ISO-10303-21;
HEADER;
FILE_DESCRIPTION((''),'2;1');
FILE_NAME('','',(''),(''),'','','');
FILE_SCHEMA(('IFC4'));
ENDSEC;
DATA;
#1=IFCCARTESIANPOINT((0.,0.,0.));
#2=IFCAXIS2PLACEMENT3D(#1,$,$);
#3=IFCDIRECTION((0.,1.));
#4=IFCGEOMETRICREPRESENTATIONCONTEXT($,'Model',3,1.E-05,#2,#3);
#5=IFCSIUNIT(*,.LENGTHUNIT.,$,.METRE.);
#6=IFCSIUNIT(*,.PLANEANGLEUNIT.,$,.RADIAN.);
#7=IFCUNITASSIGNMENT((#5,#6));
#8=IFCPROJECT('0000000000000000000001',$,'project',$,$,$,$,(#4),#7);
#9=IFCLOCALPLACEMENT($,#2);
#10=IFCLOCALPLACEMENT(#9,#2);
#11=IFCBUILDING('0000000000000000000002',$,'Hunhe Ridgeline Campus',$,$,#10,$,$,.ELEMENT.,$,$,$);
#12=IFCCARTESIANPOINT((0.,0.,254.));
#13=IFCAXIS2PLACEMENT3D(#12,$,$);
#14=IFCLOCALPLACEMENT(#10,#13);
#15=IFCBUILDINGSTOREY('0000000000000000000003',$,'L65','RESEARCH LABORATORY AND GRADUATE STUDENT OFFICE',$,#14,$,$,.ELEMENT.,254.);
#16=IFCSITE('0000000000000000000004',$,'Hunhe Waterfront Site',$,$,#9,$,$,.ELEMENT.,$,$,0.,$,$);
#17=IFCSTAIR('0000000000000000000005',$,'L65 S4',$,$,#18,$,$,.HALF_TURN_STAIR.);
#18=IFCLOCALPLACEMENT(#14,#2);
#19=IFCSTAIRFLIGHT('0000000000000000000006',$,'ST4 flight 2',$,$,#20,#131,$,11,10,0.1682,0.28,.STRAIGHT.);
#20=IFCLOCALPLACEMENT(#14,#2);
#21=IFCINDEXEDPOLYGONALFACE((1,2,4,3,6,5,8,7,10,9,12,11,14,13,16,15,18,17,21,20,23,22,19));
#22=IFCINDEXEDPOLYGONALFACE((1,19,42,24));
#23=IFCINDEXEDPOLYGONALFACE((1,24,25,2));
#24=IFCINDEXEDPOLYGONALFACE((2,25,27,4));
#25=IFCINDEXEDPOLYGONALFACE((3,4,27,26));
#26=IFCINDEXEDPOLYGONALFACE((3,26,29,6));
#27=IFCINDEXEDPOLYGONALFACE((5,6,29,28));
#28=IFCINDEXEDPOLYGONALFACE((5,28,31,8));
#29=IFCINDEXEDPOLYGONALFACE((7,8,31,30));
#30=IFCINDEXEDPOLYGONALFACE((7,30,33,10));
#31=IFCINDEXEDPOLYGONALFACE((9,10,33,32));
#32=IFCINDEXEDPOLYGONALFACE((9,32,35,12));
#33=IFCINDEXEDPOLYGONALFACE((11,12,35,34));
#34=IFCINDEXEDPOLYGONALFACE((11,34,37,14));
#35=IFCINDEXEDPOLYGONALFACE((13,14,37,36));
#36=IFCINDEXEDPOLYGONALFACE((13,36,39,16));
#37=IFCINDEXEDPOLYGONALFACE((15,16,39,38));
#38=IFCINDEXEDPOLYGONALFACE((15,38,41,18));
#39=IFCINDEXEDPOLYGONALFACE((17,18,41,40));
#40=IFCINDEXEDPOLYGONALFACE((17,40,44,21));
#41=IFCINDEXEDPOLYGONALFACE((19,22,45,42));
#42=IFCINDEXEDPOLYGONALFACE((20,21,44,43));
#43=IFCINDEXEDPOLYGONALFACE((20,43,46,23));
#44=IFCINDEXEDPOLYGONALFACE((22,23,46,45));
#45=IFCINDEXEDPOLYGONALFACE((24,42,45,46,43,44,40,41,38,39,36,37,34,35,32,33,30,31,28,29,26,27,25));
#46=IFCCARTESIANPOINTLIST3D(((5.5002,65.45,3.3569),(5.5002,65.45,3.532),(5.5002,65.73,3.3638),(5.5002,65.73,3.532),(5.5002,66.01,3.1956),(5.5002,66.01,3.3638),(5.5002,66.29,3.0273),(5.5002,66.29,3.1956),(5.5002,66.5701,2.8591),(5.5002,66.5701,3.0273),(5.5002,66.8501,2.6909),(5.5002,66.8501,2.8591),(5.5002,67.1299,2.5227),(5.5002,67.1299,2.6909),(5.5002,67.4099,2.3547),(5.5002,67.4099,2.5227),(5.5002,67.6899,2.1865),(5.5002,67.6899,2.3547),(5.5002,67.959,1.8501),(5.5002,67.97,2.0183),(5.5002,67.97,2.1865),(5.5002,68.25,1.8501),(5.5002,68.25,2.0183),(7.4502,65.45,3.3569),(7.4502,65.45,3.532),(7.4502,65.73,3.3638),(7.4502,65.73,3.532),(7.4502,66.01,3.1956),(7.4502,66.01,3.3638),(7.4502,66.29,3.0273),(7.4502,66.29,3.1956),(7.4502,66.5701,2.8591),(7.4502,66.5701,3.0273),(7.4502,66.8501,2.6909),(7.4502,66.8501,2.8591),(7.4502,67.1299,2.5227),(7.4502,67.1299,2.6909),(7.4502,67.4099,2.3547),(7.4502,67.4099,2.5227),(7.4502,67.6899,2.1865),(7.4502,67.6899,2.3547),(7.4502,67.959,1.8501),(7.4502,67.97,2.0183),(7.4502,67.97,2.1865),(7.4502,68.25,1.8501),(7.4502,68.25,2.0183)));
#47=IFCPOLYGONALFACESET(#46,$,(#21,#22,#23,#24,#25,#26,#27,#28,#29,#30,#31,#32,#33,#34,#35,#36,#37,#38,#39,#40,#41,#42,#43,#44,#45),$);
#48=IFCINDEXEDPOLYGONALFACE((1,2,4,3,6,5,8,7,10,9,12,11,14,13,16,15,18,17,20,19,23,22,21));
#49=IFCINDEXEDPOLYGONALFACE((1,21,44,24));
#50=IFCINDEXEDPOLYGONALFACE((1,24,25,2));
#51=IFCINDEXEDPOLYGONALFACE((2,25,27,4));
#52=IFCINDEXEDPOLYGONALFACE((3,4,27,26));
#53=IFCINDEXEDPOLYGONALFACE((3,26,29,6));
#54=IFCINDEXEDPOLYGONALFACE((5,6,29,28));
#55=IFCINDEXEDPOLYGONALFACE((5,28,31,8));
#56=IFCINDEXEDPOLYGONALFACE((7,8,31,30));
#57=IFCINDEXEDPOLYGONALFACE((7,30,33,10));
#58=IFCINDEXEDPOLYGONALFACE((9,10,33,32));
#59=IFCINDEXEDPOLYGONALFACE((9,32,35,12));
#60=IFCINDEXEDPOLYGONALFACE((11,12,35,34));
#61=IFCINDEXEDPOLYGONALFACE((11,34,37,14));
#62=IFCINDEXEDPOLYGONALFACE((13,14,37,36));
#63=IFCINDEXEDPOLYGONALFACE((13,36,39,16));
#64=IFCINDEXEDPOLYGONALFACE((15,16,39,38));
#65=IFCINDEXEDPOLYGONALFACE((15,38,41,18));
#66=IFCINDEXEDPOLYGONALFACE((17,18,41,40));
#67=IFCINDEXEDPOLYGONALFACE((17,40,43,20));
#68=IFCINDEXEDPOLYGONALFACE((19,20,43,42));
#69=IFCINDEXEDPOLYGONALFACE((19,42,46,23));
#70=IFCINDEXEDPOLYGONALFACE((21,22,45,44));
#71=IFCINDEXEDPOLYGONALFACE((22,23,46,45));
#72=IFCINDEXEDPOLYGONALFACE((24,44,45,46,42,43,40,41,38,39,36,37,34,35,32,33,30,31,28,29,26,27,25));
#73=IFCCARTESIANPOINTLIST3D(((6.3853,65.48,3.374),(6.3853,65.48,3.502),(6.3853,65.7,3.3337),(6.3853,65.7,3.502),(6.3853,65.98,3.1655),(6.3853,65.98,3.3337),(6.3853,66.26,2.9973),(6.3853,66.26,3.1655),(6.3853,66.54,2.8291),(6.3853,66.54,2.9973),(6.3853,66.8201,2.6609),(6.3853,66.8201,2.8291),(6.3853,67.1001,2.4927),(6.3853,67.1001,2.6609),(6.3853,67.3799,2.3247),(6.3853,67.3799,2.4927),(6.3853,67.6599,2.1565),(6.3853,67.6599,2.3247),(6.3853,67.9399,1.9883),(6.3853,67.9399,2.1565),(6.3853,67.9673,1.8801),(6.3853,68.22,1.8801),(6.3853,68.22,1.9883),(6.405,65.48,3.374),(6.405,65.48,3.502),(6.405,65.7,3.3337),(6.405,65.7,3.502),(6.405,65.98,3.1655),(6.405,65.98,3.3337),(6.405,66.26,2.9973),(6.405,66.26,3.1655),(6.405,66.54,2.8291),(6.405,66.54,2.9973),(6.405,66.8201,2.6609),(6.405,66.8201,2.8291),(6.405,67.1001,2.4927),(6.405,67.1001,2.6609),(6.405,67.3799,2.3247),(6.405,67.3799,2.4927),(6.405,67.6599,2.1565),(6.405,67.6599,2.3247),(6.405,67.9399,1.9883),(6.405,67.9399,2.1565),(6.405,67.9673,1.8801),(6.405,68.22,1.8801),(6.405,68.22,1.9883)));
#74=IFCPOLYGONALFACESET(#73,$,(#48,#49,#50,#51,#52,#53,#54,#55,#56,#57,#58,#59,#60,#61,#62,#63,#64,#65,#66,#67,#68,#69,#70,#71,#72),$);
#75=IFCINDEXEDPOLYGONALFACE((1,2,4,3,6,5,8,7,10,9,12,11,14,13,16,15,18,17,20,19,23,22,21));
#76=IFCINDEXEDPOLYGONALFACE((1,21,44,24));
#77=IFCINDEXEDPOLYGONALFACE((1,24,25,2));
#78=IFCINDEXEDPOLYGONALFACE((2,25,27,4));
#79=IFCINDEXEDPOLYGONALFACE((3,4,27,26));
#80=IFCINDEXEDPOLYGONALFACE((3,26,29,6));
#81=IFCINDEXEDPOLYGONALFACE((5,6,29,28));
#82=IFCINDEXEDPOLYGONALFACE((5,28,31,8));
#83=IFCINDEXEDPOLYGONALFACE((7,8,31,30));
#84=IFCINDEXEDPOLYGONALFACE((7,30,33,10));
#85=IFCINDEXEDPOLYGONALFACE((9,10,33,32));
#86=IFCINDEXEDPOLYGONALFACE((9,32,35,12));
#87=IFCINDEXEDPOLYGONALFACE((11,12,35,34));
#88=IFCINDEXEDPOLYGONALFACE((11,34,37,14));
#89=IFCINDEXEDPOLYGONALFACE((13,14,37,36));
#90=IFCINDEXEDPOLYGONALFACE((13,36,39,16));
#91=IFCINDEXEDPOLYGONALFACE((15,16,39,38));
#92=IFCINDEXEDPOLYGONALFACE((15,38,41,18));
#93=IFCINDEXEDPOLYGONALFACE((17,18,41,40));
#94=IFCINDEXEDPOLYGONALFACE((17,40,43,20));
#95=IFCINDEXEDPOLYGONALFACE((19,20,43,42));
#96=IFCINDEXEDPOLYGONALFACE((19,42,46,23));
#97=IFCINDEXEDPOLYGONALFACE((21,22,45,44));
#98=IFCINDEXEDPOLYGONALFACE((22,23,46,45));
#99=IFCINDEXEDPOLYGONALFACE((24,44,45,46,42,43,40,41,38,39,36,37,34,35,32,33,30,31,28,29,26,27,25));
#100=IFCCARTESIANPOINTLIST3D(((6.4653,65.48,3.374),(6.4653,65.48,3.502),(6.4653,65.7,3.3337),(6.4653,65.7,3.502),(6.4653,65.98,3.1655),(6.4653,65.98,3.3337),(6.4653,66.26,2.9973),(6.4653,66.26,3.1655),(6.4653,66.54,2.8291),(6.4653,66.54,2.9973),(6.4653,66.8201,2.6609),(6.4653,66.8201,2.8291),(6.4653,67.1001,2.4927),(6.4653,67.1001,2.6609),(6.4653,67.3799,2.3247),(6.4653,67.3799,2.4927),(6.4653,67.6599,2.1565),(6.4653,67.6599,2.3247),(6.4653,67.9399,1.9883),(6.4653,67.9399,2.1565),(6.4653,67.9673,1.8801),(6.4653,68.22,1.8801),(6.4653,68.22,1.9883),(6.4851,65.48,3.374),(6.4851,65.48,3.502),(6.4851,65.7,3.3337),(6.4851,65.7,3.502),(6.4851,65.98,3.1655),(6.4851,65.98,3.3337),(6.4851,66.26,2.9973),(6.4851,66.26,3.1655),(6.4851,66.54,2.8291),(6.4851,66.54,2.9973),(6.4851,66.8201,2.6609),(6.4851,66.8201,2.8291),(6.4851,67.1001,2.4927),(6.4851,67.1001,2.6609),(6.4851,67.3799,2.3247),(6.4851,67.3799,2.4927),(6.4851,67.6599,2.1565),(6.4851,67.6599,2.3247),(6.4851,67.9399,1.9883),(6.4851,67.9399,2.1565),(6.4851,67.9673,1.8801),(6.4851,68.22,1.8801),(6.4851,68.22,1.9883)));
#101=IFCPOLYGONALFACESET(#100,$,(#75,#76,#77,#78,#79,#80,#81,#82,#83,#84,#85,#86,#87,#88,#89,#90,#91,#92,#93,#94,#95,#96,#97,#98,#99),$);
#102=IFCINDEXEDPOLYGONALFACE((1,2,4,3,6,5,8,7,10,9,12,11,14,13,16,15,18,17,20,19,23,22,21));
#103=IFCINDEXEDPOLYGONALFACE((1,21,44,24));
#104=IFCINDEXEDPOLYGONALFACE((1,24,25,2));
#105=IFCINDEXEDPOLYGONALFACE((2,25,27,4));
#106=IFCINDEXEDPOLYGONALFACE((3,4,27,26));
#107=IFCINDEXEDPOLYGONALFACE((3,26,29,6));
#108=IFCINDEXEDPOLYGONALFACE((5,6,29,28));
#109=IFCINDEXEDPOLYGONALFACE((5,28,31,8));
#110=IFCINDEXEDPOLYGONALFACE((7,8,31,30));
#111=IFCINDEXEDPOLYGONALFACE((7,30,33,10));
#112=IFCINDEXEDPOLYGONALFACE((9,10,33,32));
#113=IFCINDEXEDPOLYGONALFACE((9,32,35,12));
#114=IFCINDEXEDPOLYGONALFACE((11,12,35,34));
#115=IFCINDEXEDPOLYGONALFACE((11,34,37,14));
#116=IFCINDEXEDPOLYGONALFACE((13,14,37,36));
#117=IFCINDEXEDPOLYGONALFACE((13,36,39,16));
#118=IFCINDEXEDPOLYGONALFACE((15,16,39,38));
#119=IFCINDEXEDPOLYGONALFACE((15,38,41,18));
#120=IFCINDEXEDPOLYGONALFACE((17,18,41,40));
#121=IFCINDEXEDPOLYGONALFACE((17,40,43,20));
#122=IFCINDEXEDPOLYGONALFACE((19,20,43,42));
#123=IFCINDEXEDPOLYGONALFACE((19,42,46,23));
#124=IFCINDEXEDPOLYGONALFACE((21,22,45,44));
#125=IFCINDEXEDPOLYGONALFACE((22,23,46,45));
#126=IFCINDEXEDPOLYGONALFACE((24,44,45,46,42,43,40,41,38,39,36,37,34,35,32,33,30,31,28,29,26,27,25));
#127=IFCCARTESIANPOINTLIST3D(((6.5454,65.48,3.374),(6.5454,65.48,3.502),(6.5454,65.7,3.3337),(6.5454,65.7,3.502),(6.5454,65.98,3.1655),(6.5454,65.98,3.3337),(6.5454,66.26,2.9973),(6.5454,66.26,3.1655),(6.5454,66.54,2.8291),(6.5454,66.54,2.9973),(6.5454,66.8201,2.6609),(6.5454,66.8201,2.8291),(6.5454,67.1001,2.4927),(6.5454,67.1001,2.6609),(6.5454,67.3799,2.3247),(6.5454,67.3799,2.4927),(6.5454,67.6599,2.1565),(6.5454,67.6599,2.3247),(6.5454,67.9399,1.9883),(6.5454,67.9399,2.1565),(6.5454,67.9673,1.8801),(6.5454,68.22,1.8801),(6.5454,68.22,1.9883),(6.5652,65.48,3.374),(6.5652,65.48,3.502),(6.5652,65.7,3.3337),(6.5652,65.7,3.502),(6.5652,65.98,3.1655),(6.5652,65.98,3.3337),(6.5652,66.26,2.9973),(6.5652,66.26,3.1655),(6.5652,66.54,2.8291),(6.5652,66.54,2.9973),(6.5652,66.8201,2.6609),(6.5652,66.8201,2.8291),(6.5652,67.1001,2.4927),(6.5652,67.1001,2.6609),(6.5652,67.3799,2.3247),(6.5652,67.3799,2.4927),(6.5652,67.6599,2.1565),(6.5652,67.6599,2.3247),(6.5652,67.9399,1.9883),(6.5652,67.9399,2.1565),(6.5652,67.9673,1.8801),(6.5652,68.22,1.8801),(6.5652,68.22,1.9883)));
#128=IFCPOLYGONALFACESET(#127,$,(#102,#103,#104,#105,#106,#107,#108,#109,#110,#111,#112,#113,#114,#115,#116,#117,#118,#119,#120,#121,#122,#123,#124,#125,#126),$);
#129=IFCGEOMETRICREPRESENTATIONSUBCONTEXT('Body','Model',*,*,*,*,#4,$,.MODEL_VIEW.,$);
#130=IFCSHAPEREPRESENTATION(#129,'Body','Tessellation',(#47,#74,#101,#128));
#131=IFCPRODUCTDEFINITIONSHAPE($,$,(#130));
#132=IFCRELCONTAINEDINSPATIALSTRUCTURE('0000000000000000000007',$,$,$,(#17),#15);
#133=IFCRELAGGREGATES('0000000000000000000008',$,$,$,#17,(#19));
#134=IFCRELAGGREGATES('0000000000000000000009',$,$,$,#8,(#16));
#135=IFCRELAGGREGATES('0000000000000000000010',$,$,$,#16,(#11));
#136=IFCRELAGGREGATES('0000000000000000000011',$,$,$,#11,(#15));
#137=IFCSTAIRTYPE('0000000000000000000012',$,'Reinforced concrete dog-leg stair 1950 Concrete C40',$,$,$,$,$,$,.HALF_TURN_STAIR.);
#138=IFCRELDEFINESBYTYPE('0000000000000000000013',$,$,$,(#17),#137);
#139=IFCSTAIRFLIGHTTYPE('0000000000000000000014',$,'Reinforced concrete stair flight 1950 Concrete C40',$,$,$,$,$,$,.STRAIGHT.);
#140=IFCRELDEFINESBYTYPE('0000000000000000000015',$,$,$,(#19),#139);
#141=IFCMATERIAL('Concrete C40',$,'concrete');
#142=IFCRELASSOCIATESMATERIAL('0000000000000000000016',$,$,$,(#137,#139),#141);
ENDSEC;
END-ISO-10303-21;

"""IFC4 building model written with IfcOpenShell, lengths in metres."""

from ifc_helpers import new_model, si_unit, direction, frame, origin, place, context, subcontext, project, spatial, polyline, outline, extrude, material, type_object, element, aggregate, save


model = new_model("IFC4")

# Units and contexts
model_context = context("Model", 3, precision=1e-05, world=origin(), true_north=direction((0.0, 1.0)))
body_context = subcontext(model_context, "Body", "Model", "MODEL_VIEW")
ifc_project = project(units=[si_unit("LENGTHUNIT", "METRE"), si_unit("PLANEANGLEUNIT", "RADIAN")], contexts=[model_context])

# Site, building, storey
site_placement = place(None, origin())
site = spatial("IfcSite", under=ifc_project, at=site_placement, Name="Hunhe Waterfront Site", CompositionType="ELEMENT", RefElevation=0.0)
building_placement = place(site_placement, origin())
building = spatial("IfcBuilding", under=site, at=building_placement, Name="Hunhe Ridgeline Campus", CompositionType="ELEMENT")
storey_placement = place(building_placement, frame((0.0, 0.0, 254.0)))
storey = spatial("IfcBuildingStorey", under=building, at=storey_placement, Name="L65", Description="RESEARCH LABORATORY AND GRADUATE STUDENT OFFICE", CompositionType="ELEMENT", Elevation=254.0)

# Stair, stair flight
ifc_material_1 = material(Name="Concrete C40", Category="concrete")
stair_type = type_object("IfcStairType", Name="Reinforced concrete dog-leg stair 1950 Concrete C40", PredefinedType="HALF_TURN_STAIR", material=ifc_material_1)
stair_placement = place(storey_placement, origin())
stair = element("IfcStair", 1, at=stair_placement, inside=storey, type_object=stair_type, Name="L65 S4", PredefinedType="HALF_TURN_STAIR")
stair_flight_type = type_object("IfcStairFlightType", Name="Reinforced concrete stair flight 1950 Concrete C40", PredefinedType="STRAIGHT", material=ifc_material_1)
stair_flight_placement = place(storey_placement, frame((6.4751, 68.25, 1.8501), z_axis=(0.0, 0.0, 1.0), x_axis=(0.0, -1.0, 0.0)))
stair_flight = element("IfcStairFlight", 2, at=stair_flight_placement, type_object=stair_flight_type, Name="ST4 flight 2", NumberOfRisers=11, NumberOfTreads=10, PredefinedType="STRAIGHT", RiserHeight=0.1682, TreadLength=0.28, context=body_context, shape_type="SweptSolid", body=[
    extrude(outline(polyline([(0.0, 0.0), (0.0, 0.1682), (0.28, 0.1682), (0.28, 0.3364), (0.5601, 0.3364), (0.5601, 0.5046), (0.8401, 0.5046), (0.8401, 0.6726), (1.1201, 0.6726), (1.1201, 0.8408), (1.3999, 0.8408), (1.3999, 1.009), (1.6799, 1.009), (1.6799, 1.1772), (1.96, 1.1772), (1.96, 1.3455), (2.24, 1.3455), (2.24, 1.5137), (2.52, 1.5137), (2.52, 1.6819), (2.8, 1.6819), (2.8, 1.8501), (2.8, 1.5068), (0.291, 0.0), (0.0, 0.0)])), frame((0.0, 0.9751, 0.0), z_axis=(0.0, -1.0, 0.0), x_axis=(1.0, 0.0, 0.0)), (0.0, 0.0, 1.0), 1.95),
    extrude(outline(polyline([(0.03, 0.03), (0.03, 0.1382), (0.3101, 0.1382), (0.3101, 0.3064), (0.5901, 0.3064), (0.5901, 0.4746), (0.8701, 0.4746), (0.8701, 0.6426), (1.1499, 0.6426), (1.1499, 0.8108), (1.4299, 0.8108), (1.4299, 0.979), (1.71, 0.979), (1.71, 1.1472), (1.99, 1.1472), (1.99, 1.3154), (2.27, 1.3154), (2.27, 1.4836), (2.55, 1.4836), (2.55, 1.6519), (2.77, 1.6519), (2.77, 1.5239), (0.2827, 0.03), (0.03, 0.03)])), frame((0.0, -0.0701, 0.0), z_axis=(0.0, -1.0, 0.0), x_axis=(1.0, 0.0, 0.0)), (0.0, 0.0, 1.0), 0.0198),
    extrude(outline(polyline([(0.03, 0.03), (0.03, 0.1382), (0.3101, 0.1382), (0.3101, 0.3064), (0.5901, 0.3064), (0.5901, 0.4746), (0.8701, 0.4746), (0.8701, 0.6426), (1.1499, 0.6426), (1.1499, 0.8108), (1.4299, 0.8108), (1.4299, 0.979), (1.71, 0.979), (1.71, 1.1472), (1.99, 1.1472), (1.99, 1.3154), (2.27, 1.3154), (2.27, 1.4836), (2.55, 1.4836), (2.55, 1.6519), (2.77, 1.6519), (2.77, 1.5239), (0.2827, 0.03), (0.03, 0.03)])), frame((0.0, 0.01, 0.0), z_axis=(0.0, -1.0, 0.0), x_axis=(1.0, 0.0, 0.0)), (0.0, 0.0, 1.0), 0.0198),
    extrude(outline(polyline([(0.03, 0.03), (0.03, 0.1382), (0.3101, 0.1382), (0.3101, 0.3064), (0.5901, 0.3064), (0.5901, 0.4746), (0.8701, 0.4746), (0.8701, 0.6426), (1.1499, 0.6426), (1.1499, 0.8108), (1.4299, 0.8108), (1.4299, 0.979), (1.71, 0.979), (1.71, 1.1472), (1.99, 1.1472), (1.99, 1.3154), (2.27, 1.3154), (2.27, 1.4836), (2.55, 1.4836), (2.55, 1.6519), (2.77, 1.6519), (2.77, 1.5239), (0.2827, 0.03), (0.03, 0.03)])), frame((0.0, 0.0901, 0.0), z_axis=(0.0, -1.0, 0.0), x_axis=(1.0, 0.0, 0.0)), (0.0, 0.0, 1.0), 0.0198),
])
aggregate(stair, [stair_flight])

save(model, "model.ifc")
